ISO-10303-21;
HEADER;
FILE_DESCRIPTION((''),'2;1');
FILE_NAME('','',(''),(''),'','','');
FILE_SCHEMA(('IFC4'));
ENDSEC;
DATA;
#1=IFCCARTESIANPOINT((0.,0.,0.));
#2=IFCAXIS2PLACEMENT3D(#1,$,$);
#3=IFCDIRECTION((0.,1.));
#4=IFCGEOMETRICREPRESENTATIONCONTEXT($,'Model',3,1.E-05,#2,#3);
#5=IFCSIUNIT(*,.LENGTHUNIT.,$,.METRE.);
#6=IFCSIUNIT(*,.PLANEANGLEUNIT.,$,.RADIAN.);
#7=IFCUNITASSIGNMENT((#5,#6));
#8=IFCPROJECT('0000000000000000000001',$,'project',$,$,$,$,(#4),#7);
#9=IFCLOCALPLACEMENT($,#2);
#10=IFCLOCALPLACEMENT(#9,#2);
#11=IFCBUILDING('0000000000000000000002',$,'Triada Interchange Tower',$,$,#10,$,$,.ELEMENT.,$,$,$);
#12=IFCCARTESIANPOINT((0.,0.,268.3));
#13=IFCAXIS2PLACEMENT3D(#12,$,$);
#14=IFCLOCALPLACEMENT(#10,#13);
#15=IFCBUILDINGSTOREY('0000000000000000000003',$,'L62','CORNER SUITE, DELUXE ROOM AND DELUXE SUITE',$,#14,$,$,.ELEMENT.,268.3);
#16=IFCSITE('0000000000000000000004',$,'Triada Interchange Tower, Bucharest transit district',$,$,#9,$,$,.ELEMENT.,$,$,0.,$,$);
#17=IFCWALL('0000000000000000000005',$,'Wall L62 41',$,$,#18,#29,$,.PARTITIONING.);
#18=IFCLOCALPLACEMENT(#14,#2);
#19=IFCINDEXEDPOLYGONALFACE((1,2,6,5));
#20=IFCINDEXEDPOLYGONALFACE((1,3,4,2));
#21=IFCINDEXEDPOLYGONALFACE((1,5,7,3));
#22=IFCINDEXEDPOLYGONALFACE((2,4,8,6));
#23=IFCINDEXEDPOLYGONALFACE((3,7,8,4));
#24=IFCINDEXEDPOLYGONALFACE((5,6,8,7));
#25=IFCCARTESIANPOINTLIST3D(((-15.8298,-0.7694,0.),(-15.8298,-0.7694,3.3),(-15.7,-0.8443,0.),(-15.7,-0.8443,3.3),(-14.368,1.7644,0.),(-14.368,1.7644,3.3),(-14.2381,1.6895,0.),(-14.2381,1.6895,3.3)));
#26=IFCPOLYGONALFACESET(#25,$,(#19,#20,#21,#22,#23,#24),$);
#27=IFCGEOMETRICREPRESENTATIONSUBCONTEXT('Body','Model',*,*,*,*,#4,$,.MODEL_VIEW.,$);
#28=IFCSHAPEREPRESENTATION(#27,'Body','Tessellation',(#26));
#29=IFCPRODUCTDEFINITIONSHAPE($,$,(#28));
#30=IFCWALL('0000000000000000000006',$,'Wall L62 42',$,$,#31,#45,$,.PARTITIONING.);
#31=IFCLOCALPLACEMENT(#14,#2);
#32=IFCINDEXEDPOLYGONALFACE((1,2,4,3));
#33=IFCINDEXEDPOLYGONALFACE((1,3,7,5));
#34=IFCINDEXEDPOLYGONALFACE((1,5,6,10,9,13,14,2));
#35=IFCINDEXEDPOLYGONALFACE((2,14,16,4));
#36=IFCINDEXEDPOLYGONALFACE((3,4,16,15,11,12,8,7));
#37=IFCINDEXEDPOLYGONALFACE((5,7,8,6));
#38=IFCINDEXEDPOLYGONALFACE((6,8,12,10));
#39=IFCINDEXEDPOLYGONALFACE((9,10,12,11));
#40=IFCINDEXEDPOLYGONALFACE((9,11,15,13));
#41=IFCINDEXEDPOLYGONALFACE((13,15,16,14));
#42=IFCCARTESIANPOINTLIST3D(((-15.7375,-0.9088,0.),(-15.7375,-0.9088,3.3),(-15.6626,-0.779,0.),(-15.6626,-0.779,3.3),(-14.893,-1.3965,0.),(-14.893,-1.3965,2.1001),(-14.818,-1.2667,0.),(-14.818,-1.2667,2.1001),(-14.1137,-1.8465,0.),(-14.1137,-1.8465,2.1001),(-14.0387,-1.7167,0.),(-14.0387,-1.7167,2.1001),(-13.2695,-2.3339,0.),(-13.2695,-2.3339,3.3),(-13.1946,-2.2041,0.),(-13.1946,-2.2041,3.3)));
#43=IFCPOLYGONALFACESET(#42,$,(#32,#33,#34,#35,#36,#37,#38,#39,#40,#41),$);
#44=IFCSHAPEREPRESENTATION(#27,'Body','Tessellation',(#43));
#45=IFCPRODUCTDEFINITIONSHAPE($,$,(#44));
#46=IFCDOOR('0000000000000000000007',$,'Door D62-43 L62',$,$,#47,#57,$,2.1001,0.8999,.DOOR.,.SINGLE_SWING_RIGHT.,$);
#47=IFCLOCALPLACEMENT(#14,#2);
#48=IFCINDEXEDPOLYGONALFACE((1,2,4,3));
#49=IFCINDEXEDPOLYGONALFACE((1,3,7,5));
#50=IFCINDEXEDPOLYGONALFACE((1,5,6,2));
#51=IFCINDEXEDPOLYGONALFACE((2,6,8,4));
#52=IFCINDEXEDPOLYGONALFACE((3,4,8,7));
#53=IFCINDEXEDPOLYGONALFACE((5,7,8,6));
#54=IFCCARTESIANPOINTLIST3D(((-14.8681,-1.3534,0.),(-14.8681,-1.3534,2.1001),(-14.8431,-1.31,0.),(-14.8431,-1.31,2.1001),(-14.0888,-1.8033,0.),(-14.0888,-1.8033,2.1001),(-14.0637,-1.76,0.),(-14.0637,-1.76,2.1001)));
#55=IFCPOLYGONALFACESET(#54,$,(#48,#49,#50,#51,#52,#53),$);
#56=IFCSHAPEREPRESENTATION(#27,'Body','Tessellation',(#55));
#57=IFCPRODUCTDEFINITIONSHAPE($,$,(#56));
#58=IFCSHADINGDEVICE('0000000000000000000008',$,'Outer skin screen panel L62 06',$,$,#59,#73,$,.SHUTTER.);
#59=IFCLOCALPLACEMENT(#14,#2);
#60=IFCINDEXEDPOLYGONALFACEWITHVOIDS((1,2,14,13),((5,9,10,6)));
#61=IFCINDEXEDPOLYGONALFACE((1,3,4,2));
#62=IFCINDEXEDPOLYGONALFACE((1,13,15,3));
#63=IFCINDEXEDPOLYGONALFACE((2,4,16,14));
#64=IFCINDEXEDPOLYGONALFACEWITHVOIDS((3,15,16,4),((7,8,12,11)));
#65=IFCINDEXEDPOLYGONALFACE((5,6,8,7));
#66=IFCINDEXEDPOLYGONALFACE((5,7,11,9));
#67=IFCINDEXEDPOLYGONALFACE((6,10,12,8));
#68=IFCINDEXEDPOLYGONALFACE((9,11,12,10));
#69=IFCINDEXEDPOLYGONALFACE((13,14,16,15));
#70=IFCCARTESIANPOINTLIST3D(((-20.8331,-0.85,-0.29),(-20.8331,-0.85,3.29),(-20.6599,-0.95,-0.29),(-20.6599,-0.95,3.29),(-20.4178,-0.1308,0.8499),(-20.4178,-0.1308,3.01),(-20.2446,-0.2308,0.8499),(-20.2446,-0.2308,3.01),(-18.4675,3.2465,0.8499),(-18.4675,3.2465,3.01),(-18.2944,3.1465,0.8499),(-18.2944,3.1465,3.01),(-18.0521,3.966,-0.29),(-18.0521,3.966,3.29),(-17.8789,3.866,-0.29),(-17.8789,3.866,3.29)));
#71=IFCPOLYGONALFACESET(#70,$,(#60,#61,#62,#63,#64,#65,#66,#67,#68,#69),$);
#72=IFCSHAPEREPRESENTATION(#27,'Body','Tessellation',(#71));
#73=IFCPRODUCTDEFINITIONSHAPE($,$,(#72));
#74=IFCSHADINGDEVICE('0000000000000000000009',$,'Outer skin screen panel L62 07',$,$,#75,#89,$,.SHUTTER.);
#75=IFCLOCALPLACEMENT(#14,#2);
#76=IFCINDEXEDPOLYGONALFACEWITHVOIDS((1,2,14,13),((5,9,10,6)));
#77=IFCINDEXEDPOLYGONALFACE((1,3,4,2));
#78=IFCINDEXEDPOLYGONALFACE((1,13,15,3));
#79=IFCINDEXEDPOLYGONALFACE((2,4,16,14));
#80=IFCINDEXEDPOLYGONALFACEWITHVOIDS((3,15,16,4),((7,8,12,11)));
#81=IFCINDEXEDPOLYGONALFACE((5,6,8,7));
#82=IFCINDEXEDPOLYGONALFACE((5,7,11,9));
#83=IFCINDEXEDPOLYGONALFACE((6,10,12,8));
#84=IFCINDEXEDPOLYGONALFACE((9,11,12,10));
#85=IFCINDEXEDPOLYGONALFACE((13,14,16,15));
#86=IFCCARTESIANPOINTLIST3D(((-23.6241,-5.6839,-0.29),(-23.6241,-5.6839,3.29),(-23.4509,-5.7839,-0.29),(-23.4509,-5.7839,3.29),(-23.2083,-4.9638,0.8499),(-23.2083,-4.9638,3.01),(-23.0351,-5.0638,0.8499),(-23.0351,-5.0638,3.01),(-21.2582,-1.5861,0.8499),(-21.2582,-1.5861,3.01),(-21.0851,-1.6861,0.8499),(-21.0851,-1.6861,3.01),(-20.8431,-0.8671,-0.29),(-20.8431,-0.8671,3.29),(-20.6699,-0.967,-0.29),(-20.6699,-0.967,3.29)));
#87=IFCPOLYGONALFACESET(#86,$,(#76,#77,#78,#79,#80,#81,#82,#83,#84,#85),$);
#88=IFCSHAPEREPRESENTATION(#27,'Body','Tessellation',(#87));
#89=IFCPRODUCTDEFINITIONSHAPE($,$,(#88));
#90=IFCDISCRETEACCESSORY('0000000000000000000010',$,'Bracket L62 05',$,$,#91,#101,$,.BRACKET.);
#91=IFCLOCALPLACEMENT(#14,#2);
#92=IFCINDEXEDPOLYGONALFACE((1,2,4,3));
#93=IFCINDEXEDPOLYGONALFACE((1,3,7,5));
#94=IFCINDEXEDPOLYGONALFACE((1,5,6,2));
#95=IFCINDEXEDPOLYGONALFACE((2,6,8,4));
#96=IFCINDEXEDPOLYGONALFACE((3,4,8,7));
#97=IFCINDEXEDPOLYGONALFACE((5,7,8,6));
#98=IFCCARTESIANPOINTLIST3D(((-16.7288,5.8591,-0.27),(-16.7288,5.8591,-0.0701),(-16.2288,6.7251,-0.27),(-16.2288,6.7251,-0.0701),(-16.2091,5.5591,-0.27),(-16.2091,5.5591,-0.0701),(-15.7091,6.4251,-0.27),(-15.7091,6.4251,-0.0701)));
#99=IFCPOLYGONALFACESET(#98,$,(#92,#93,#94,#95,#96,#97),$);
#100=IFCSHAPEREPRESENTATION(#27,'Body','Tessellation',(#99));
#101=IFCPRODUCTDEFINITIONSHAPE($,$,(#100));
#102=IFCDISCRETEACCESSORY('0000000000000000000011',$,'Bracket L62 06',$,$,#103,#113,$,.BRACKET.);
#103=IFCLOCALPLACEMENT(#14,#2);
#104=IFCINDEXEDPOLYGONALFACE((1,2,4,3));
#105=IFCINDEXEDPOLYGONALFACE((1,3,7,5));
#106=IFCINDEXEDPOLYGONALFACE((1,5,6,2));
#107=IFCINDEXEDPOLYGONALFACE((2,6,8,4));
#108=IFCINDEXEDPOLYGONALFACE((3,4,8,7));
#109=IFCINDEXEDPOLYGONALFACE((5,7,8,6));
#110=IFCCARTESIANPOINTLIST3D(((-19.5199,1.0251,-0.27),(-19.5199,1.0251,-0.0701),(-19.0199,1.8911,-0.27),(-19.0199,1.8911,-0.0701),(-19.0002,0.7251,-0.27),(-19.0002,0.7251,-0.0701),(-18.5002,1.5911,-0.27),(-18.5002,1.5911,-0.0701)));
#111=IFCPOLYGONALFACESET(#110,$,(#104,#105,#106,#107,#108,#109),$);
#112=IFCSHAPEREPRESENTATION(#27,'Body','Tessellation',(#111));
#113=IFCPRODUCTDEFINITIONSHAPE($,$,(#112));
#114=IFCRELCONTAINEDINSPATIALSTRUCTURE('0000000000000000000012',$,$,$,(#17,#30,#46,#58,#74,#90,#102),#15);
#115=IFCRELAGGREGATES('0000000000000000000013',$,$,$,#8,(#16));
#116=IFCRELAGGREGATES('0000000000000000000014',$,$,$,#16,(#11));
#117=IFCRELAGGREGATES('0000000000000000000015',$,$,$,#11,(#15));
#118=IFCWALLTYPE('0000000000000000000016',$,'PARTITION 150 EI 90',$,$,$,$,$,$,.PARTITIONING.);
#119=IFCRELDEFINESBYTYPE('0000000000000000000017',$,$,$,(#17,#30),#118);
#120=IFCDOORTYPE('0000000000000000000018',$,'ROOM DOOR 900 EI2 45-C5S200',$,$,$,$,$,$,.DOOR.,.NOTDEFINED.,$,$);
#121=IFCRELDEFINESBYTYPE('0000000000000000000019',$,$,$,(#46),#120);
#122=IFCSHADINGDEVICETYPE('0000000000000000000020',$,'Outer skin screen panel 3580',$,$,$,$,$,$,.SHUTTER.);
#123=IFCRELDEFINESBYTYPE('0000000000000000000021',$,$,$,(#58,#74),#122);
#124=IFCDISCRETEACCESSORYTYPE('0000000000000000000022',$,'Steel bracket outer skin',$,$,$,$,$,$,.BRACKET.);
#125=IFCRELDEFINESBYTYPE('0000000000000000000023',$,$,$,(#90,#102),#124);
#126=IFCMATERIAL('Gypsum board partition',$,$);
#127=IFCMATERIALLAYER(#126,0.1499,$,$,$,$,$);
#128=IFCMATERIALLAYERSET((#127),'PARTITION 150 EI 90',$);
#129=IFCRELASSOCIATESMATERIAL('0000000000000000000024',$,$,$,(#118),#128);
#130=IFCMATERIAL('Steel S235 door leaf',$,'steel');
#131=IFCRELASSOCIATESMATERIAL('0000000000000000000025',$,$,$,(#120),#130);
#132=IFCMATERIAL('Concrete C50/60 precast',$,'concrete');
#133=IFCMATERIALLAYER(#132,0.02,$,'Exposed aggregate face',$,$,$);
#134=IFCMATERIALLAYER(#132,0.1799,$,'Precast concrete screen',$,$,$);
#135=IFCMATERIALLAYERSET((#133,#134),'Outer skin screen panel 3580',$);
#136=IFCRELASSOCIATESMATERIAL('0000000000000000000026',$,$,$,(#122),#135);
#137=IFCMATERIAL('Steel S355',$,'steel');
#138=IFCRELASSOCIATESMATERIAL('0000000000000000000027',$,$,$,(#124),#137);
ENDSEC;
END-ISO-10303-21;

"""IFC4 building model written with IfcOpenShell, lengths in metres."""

from ifc_helpers import new_model, si_unit, direction, frame, frame_2d, origin, origin_2d, place, context, subcontext, project, spatial, polyline, rectangle, outline, extrude, material, layer, layer_set, type_object, element, fill, save


model = new_model("IFC4")

# Units and contexts
model_context = context("Model", 3, precision=1e-05, world=origin(), true_north=direction((0.0, 1.0)))
body_context = subcontext(model_context, "Body", "Model", "MODEL_VIEW")
ifc_project = project(units=[si_unit("LENGTHUNIT", "METRE"), si_unit("PLANEANGLEUNIT", "RADIAN")], contexts=[model_context])

# Site, building, storey
site_placement = place(None, origin())
site = spatial("IfcSite", under=ifc_project, at=site_placement, Name="Triada Interchange Tower, Bucharest transit district", CompositionType="ELEMENT", RefElevation=0.0)
building_placement = place(site_placement, origin())
building = spatial("IfcBuilding", under=site, at=building_placement, Name="Triada Interchange Tower", CompositionType="ELEMENT")
storey_placement = place(building_placement, frame((0.0, 0.0, 268.3)))
storey = spatial("IfcBuildingStorey", under=building, at=storey_placement, Name="L62", Description="CORNER SUITE, DELUXE ROOM AND DELUXE SUITE", CompositionType="ELEMENT", Elevation=268.3)

# Shared definitions
ifc_material_1 = material(Name="Gypsum board partition")

# Shared definitions
ifc_layer_1 = layer(ifc_material_1, 0.1499)
ifc_layer_set_1 = layer_set([ifc_layer_1], Name="PARTITION 150 EI 90")
wall_type_1 = type_object("IfcWallType", Name="PARTITION 150 EI 90", PredefinedType="PARTITIONING", material=ifc_layer_set_1)
ifc_material_2 = material(Name="Steel S235 door leaf", Category="steel")
door_type = type_object("IfcDoorType", Name="ROOM DOOR 900 EI2 45-C5S200", OperationType="NOTDEFINED", PredefinedType="DOOR", material=ifc_material_2)

# Wall
wall_1_placement = place(storey_placement, frame((-15.7649, -0.8069, 0.0), z_axis=(0.0, 0.0, 1.0), x_axis=(0.49973, 0.866181, 0.0)))
element("IfcWall", 1, at=wall_1_placement, inside=storey, type_object=wall_type_1, Name="Wall L62 41", PredefinedType="PARTITIONING", context=body_context, shape_type="SweptSolid", body=[
    extrude(rectangle(XDim=2.9253, YDim=0.1499, at=frame_2d((1.4626, 0.0))), origin(), (0.0, 0.0, 1.0), 3.3),
])

# Wall, opening, door
wall_2_placement = place(storey_placement, frame((-15.7, -0.844, 0.0), z_axis=(0.0, 0.0, 1.0), x_axis=(0.866004, -0.500036, 0.0)))
wall_2 = element("IfcWall", 2, at=wall_2_placement, inside=storey, type_object=wall_type_1, Name="Wall L62 42", PredefinedType="PARTITIONING", context=body_context, shape_type="SweptSolid", body=[
    extrude(rectangle(XDim=2.8499, YDim=0.1499, at=frame_2d((1.4248, 0.0))), origin(), (0.0, 0.0, 1.0), 3.3),
])
opening_1_placement = place(wall_2_placement, frame((0.9751, 0.0, 0.0)))
opening_1 = element("IfcOpeningElement", 3, at=opening_1_placement, cuts=wall_2, PredefinedType="OPENING", context=body_context, shape_type="SweptSolid", body=[
    extrude(rectangle(XDim=0.8999, YDim=2.1001, at=frame_2d((0.45, 1.05))), frame((0.0, 0.085, 0.0), z_axis=(0.0, -1.0, 0.0), x_axis=(1.0, 0.0, 0.0)), (0.0, 0.0, 1.0), 0.1699),
])
door_1_placement = place(opening_1_placement, origin())
door_1 = element("IfcDoor", 4, at=door_1_placement, inside=storey, type_object=door_type, Name="Door D62-43 L62", OperationType="SINGLE_SWING_RIGHT", OverallHeight=2.1001, OverallWidth=0.8999, PredefinedType="DOOR", context=body_context, shape_type="SweptSolid", body=[
    extrude(rectangle(XDim=0.8999, YDim=2.1001, at=frame_2d((0.45, 1.05))), frame((0.0, 0.0249, 0.0), z_axis=(0.0, -1.0, 0.0), x_axis=(1.0, 0.0, 0.0)), (0.0, 0.0, 1.0), 0.05),
])
fill(opening_1, door_1)

# Shading devices
ifc_material_3 = material(Name="Concrete C50/60 precast", Category="concrete")
ifc_layer_2 = layer(ifc_material_3, 0.02, Name="Exposed aggregate face")
ifc_layer_3 = layer(ifc_material_3, 0.1799, Name="Precast concrete screen")
ifc_layer_set_2 = layer_set([ifc_layer_2, ifc_layer_3], Name="Outer skin screen panel 3580")
shading_device_type = type_object("IfcShadingDeviceType", Name="Outer skin screen panel 3580", PredefinedType="SHUTTER", material=ifc_layer_set_2)
shading_device_1_placement = place(storey_placement, frame((-17.8789, 3.866, -0.29), z_axis=(0.0, 0.0, 1.0), x_axis=(-0.500072, -0.865984, 0.0)))
element("IfcShadingDevice", 5, at=shading_device_1_placement, inside=storey, type_object=shading_device_type, Name="Outer skin screen panel L62 06", PredefinedType="SHUTTER", context=body_context, shape_type="SweptSolid", body=[
    extrude(outline(polyline([(0.0, 0.0), (5.5613, 0.0), (5.5613, 3.5801), (0.0, 3.5801), (0.0, 0.0)]), holes=[polyline([(0.8308, 1.1399), (0.8308, 3.3), (4.7307, 3.3), (4.7307, 1.1399), (0.8308, 1.1399)])]), frame((0.0, 0.0, 0.0), z_axis=(0.0, -1.0, 0.0), x_axis=(1.0, 0.0, 0.0)), (0.0, 0.0, 1.0), 0.2),
])
shading_device_2_placement = place(storey_placement, frame((-20.6699, -0.967, -0.29), z_axis=(0.0, 0.0, 1.0), x_axis=(-0.499996, -0.866028, 0.0)))
element("IfcShadingDevice", 6, at=shading_device_2_placement, inside=storey, type_object=shading_device_type, Name="Outer skin screen panel L62 07", PredefinedType="SHUTTER", context=body_context, shape_type="SweptSolid", body=[
    extrude(outline(polyline([(0.0, 0.0), (5.562, 0.0), (5.562, 3.5801), (0.0, 3.5801), (0.0, 0.0)]), holes=[polyline([(0.8303, 1.1399), (0.8303, 3.3), (4.7305, 3.3), (4.7305, 1.1399), (0.8303, 1.1399)])]), frame((0.0, 0.0, 0.0), z_axis=(0.0, -1.0, 0.0), x_axis=(1.0, 0.0, 0.0)), (0.0, 0.0, 1.0), 0.2),
])

# Discrete accessories
ifc_material_4 = material(Name="Steel S355", Category="steel")
discrete_accessory_type = type_object("IfcDiscreteAccessoryType", Name="Steel bracket outer skin", PredefinedType="BRACKET", material=ifc_material_4)
for number, where, z_axis, x_axis, name in (
    (7, (-16.219, 6.1421, -0.27), (0.0, 0.0, 1.0), (-0.866029, 0.499994, 0.0), "Bracket L62 05"),
    (8, (-19.01, 1.3081, -0.27), (0.0, 0.0, 1.0), (-0.866029, 0.499994, 0.0), "Bracket L62 06"),
):
    element("IfcDiscreteAccessory", number, at=place(storey_placement, frame(where, z_axis=z_axis, x_axis=x_axis)), inside=storey, type_object=discrete_accessory_type, Name=name, PredefinedType="BRACKET", context=body_context, shape_type="SweptSolid", body=[
        extrude(rectangle(XDim=0.6001, YDim=1.0, at=origin_2d()), origin(), (0.0, 0.0, 1.0), 0.2),
    ])

save(model, "model.ifc")
